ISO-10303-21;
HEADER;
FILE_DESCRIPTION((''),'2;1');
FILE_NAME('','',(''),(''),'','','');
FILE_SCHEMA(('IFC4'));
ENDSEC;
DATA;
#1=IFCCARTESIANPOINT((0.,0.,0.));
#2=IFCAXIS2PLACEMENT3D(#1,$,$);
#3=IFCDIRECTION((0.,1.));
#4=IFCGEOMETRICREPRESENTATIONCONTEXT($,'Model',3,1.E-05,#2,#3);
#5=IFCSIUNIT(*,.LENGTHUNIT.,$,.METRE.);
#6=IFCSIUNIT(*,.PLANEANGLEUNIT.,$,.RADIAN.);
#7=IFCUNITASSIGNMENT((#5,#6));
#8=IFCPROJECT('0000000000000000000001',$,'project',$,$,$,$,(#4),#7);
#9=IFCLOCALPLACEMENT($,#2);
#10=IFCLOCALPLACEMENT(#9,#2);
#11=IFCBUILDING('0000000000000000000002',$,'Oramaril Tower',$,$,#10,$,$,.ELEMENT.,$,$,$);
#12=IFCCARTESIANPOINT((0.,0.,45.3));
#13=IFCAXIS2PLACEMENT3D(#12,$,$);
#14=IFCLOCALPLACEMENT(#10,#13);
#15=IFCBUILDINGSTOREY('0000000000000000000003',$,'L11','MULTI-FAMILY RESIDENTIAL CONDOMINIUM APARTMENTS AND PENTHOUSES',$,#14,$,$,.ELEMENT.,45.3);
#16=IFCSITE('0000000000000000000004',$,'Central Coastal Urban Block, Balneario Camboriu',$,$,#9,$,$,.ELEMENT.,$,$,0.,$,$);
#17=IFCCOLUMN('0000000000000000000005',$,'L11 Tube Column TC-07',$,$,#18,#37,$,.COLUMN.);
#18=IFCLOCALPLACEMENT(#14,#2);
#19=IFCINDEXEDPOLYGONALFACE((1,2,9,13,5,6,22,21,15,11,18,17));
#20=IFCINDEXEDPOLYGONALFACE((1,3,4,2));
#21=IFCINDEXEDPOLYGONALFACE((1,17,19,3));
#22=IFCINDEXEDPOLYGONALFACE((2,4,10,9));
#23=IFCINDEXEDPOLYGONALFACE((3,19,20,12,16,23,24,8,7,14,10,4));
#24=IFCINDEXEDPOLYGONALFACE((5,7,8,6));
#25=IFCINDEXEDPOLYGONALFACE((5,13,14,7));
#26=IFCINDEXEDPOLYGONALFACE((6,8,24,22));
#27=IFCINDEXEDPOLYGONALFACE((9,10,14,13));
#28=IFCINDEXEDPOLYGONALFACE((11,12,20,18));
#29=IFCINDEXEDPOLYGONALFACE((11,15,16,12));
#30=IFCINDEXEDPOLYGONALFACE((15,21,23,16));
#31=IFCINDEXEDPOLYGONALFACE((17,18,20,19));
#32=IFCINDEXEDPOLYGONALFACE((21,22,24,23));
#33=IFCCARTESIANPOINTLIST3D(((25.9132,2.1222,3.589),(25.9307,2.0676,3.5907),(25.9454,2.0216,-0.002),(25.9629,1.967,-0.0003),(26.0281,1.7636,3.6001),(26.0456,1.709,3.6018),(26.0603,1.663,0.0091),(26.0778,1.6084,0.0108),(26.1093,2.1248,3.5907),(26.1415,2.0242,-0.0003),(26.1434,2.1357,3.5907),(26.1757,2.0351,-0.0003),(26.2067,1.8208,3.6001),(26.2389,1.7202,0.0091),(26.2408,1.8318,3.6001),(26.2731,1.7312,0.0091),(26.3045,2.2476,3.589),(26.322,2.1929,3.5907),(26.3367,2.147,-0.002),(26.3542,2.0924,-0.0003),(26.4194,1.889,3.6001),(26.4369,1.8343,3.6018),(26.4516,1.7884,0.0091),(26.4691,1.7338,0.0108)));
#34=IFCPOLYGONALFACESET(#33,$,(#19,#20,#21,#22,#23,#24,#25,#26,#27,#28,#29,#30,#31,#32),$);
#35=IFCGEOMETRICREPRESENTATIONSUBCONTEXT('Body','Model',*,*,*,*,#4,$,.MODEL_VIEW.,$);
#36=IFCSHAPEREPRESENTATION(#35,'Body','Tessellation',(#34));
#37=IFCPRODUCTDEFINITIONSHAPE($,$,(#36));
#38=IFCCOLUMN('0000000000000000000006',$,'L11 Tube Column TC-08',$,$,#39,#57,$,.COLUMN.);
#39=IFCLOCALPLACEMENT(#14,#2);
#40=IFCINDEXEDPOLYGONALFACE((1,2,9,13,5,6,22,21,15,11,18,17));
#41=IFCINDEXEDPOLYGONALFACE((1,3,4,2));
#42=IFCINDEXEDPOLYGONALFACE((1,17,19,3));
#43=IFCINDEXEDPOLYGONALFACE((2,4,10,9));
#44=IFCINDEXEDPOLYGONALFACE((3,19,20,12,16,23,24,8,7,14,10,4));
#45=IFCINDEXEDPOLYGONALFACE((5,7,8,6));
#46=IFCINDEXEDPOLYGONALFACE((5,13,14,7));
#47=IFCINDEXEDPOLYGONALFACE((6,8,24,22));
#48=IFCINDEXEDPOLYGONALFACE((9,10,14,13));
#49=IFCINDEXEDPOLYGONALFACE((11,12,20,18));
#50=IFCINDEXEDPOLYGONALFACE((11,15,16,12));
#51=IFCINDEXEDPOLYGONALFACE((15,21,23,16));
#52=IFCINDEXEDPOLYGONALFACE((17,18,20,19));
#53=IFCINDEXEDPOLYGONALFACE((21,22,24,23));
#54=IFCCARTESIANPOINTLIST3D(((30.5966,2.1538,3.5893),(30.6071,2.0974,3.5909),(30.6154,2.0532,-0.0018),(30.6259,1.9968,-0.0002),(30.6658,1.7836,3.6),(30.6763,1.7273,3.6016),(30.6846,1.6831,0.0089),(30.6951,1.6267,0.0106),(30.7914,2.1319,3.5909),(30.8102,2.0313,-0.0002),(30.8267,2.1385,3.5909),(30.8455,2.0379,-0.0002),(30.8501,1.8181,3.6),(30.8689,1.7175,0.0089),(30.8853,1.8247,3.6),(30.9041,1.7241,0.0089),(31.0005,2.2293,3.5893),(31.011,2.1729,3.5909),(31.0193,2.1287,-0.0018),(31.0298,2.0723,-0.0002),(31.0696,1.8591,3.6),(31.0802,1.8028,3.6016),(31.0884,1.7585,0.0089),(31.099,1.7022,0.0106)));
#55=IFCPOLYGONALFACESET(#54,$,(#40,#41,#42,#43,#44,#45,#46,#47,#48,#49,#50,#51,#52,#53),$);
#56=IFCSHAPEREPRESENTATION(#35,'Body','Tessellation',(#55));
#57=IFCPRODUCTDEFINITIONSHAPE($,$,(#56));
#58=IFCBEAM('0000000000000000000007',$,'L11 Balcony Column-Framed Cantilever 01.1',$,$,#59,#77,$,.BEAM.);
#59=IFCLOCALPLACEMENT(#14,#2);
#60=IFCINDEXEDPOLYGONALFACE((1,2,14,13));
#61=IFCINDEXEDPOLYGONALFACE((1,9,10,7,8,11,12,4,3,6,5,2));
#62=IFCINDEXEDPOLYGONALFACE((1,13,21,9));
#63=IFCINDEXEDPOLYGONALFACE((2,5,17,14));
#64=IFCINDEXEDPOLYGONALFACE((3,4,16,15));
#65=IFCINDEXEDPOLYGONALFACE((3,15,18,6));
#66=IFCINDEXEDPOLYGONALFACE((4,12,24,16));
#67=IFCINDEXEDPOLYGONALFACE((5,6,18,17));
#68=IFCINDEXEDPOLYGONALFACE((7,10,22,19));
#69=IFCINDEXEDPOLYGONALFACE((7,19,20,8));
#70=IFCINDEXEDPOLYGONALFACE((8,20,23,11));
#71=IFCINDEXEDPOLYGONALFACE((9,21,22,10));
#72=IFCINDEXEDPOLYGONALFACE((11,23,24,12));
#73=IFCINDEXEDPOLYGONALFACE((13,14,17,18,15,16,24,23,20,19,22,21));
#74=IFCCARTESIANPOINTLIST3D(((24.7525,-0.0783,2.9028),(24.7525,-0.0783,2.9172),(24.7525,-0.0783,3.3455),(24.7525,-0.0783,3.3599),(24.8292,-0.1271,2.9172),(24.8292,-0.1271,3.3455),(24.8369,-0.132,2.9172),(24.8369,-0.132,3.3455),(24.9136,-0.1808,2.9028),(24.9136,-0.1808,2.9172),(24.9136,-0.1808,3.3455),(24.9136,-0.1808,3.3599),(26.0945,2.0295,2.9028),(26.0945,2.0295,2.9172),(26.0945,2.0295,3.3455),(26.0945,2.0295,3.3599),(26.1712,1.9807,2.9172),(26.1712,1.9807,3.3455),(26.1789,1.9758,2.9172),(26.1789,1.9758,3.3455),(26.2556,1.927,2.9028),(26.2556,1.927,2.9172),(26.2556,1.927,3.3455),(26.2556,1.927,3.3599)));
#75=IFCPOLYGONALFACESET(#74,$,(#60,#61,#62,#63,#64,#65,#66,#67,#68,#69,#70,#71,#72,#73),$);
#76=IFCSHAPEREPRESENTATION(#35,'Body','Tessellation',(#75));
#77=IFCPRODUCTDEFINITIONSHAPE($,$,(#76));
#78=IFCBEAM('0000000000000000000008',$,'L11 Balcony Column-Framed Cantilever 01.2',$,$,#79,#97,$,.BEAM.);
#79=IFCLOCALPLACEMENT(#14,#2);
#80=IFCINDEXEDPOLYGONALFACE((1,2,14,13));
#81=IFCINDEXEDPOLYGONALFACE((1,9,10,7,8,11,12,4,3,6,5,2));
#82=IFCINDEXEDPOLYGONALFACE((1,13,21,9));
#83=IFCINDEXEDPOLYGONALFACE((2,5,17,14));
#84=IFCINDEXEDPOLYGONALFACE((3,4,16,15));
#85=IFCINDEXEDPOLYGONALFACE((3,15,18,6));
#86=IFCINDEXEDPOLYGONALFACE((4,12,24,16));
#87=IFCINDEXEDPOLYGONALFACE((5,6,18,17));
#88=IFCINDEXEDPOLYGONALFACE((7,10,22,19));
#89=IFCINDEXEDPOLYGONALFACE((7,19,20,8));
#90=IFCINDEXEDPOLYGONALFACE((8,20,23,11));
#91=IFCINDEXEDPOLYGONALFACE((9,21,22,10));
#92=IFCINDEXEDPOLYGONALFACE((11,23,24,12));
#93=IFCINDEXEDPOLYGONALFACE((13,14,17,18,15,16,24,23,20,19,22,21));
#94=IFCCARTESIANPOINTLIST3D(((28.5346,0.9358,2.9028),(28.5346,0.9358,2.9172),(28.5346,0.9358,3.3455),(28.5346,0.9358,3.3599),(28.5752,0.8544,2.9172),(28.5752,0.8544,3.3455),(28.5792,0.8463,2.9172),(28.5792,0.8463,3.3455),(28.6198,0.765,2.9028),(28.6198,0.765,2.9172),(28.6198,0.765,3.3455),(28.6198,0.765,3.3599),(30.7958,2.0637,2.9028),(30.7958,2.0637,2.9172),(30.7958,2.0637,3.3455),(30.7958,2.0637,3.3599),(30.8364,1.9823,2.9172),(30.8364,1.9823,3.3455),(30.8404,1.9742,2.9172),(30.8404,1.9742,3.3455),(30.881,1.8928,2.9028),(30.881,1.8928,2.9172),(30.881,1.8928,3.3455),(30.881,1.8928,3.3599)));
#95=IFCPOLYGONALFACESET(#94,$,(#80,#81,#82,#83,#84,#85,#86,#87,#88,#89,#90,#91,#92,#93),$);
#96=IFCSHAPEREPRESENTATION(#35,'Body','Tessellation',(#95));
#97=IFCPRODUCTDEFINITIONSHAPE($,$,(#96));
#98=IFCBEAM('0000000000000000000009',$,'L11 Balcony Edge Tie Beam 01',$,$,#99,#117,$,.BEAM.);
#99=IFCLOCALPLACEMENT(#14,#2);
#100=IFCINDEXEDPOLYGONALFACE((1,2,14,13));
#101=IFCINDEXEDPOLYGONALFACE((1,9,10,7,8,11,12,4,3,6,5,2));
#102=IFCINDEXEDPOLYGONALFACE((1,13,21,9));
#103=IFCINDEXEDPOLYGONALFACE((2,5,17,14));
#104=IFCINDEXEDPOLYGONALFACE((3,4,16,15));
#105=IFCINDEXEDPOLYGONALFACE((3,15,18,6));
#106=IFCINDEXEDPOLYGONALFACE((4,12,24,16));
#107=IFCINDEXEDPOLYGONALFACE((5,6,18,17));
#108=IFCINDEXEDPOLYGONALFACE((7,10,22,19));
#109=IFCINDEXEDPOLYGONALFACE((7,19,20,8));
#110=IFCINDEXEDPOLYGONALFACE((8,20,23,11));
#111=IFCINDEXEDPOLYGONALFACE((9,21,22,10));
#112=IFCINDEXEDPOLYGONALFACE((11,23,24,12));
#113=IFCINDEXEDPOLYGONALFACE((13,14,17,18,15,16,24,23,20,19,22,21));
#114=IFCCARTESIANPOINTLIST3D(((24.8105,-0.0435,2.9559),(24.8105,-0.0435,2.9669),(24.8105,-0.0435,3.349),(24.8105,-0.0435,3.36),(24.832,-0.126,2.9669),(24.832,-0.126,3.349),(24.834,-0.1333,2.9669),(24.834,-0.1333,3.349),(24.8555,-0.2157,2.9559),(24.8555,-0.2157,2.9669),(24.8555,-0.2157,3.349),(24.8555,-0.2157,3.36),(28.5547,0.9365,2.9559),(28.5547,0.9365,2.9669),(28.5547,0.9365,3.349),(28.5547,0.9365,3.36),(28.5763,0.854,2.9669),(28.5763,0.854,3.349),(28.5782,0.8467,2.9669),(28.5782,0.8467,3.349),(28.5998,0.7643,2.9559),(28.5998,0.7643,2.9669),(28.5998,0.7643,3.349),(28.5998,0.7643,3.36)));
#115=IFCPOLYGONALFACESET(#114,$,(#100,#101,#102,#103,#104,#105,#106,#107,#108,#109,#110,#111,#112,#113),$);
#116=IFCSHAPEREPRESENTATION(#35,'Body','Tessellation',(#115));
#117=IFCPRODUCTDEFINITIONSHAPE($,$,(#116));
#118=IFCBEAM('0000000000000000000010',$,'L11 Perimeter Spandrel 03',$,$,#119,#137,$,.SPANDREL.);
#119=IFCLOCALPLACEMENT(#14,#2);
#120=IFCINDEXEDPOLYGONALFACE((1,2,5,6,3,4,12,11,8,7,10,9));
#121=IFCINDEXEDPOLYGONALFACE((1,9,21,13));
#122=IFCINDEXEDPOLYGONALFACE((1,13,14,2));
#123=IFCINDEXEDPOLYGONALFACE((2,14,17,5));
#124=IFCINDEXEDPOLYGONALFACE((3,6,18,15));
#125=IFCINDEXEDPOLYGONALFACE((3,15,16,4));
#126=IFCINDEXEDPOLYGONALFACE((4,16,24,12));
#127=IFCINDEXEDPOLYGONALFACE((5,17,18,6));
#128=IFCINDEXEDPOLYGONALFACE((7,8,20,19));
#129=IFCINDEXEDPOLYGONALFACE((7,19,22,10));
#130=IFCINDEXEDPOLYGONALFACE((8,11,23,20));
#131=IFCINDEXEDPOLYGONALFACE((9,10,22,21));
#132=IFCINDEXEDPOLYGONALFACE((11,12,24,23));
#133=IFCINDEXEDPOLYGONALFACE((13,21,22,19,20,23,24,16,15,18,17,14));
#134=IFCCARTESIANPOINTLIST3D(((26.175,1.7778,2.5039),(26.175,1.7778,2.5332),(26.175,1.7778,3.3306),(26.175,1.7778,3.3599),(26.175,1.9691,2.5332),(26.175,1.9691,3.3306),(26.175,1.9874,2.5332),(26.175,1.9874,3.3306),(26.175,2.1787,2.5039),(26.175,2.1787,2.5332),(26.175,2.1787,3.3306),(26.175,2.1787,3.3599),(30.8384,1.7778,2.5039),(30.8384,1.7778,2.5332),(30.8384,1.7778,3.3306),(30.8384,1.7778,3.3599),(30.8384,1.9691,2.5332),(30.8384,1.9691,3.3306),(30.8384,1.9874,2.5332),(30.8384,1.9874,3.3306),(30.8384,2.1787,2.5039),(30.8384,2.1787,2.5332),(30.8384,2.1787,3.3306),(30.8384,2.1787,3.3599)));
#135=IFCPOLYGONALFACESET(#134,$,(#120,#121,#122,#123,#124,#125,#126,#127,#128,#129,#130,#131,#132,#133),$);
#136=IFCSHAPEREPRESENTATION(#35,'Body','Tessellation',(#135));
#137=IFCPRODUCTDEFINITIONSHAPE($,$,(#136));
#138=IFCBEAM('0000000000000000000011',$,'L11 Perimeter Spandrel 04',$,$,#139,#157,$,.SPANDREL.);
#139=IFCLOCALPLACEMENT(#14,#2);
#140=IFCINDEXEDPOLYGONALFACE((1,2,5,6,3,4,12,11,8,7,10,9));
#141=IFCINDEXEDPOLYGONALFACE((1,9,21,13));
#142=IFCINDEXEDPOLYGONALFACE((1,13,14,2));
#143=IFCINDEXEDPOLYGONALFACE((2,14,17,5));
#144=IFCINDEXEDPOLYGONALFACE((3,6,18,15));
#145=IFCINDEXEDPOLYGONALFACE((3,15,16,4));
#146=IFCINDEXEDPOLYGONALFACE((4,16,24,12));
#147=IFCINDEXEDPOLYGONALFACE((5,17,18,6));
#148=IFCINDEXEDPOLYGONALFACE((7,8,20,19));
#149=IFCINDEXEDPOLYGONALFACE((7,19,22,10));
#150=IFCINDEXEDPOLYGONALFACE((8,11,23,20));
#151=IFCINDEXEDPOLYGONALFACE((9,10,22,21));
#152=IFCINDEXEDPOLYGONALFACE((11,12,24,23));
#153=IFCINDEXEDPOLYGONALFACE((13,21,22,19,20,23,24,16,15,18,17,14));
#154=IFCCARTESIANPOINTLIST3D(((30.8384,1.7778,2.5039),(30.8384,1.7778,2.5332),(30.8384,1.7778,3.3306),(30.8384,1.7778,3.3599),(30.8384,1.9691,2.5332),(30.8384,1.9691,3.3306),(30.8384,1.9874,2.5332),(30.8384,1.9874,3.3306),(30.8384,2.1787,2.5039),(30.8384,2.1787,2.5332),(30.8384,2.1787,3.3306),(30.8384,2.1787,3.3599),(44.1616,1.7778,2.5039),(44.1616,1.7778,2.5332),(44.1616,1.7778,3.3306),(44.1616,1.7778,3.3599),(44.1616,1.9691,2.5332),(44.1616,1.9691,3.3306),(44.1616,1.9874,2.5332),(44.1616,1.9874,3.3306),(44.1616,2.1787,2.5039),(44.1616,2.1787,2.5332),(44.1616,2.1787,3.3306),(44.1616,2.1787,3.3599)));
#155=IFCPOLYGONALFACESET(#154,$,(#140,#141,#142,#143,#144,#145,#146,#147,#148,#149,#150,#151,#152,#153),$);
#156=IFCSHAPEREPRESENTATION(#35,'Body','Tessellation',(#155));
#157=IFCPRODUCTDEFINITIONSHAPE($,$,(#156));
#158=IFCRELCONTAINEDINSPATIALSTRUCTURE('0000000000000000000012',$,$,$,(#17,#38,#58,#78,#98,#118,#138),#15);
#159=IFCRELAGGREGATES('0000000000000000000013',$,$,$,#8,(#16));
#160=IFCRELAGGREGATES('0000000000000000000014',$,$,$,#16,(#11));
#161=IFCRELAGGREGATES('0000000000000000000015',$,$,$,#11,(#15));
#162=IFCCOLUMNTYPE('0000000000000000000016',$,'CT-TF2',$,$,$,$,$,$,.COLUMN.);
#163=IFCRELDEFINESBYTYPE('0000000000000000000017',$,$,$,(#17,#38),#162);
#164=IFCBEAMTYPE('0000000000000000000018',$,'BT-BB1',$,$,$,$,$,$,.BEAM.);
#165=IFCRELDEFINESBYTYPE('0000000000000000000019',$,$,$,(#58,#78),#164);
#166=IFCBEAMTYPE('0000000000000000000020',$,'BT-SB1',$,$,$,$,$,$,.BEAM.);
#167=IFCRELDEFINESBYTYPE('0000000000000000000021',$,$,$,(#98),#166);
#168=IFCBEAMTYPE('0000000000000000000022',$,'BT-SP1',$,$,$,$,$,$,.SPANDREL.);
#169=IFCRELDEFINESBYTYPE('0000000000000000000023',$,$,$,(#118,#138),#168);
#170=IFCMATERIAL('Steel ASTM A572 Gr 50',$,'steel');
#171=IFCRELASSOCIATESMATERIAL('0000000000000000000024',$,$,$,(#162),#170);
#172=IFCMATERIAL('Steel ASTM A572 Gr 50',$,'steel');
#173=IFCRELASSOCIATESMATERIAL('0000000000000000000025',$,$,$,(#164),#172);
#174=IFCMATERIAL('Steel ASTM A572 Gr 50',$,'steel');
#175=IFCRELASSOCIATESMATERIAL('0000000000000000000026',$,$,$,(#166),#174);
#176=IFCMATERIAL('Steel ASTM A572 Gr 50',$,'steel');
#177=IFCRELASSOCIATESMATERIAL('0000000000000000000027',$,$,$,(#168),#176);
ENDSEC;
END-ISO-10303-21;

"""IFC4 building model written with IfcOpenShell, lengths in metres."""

from ifc_helpers import new_model, si_unit, direction, frame, origin, origin_2d, place, context, subcontext, project, spatial, i_section, extrude, material, material_profile, profile_set, type_object, element, save


model = new_model("IFC4")

# Units and contexts
model_context = context("Model", 3, precision=1e-05, world=origin(), true_north=direction((0.0, 1.0)))
body_context = subcontext(model_context, "Body", "Model", "MODEL_VIEW")
ifc_project = project(units=[si_unit("LENGTHUNIT", "METRE"), si_unit("PLANEANGLEUNIT", "RADIAN")], contexts=[model_context])

# Site, building, storey
site_placement = place(None, origin())
site = spatial("IfcSite", under=ifc_project, at=site_placement, Name="Central Coastal Urban Block, Balneario Camboriu", CompositionType="ELEMENT", RefElevation=0.0)
building_placement = place(site_placement, origin())
building = spatial("IfcBuilding", under=site, at=building_placement, Name="Oramaril Tower", CompositionType="ELEMENT")
storey_placement = place(building_placement, frame((0.0, 0.0, 45.3)))
storey = spatial("IfcBuildingStorey", under=building, at=storey_placement, Name="L11", Description="MULTI-FAMILY RESIDENTIAL CONDOMINIUM APARTMENTS AND PENTHOUSES", CompositionType="ELEMENT", Elevation=45.3)

# Columns
ifc_material_1 = material(Name="Steel ASTM A572 Gr 50", Category="steel")
ifc_material_profile_1 = material_profile(ifc_material_1, i_section(OverallWidth=0.4109, OverallDepth=0.4341, WebThickness=0.0359, FlangeThickness=0.0574, at=origin_2d()), Name="W14X311")
ifc_profile_set_1 = profile_set([ifc_material_profile_1], Name="Steel ASTM A572 Gr 50")
column_type = type_object("IfcColumnType", Name="CT-TF2", PredefinedType="COLUMN", material=ifc_profile_set_1)
for number, where, z_axis, x_axis, name in (
    (1, (26.2073, 1.8777, 0.0044), (-0.00897, 0.027998, 0.999568), (-0.952317, -0.305111, 0.0), "L11 Tube Column TC-07"),
    (2, (30.8572, 1.8777, 0.0044), (-0.005233, 0.027999, 0.999594), (-0.98298, -0.183712, 0.0), "L11 Tube Column TC-08"),
):
    element("IfcColumn", number, at=place(storey_placement, frame(where, z_axis=z_axis, x_axis=x_axis)), inside=storey, type_object=column_type, Name=name, PredefinedType="COLUMN", context=body_context, shape_type="SweptSolid", body=[
        extrude(i_section(OverallWidth=0.4109, OverallDepth=0.4341, WebThickness=0.0359, FlangeThickness=0.0574, at=origin_2d()), origin(), (0.0, 0.0, 1.0), 3.5925),
    ])

# Beams
ifc_material_2 = material(Name="Steel ASTM A572 Gr 50", Category="steel")
ifc_material_profile_2 = material_profile(ifc_material_2, i_section(OverallWidth=0.1909, OverallDepth=0.457, WebThickness=0.009, FlangeThickness=0.0144, at=origin_2d()), Name="W18X50")
ifc_profile_set_2 = profile_set([ifc_material_profile_2], Name="Steel ASTM A572 Gr 50")
beam_type_1 = type_object("IfcBeamType", Name="BT-BB1", PredefinedType="BEAM", material=ifc_profile_set_2)
beam_1_placement = place(storey_placement, frame((26.175, 1.9783, 3.1313), z_axis=(-0.537059, -0.843545, 0.0), x_axis=(0.843545, -0.537059, 0.0)))
element("IfcBeam", 3, at=beam_1_placement, inside=storey, type_object=beam_type_1, Name="L11 Balcony Column-Framed Cantilever 01.1", PredefinedType="BEAM", context=body_context, shape_type="SweptSolid", body=[
    extrude(i_section(OverallWidth=0.1909, OverallDepth=0.457, WebThickness=0.009, FlangeThickness=0.0144, at=origin_2d()), origin(), (0.0, 0.0, 1.0), 2.4988),
])
beam_2_placement = place(storey_placement, frame((30.8384, 1.9783, 3.1313), z_axis=(-0.894852, -0.446363, 0.0), x_axis=(0.446363, -0.894852, 0.0)))
element("IfcBeam", 4, at=beam_2_placement, inside=storey, type_object=beam_type_1, Name="L11 Balcony Column-Framed Cantilever 01.2", PredefinedType="BEAM", context=body_context, shape_type="SweptSolid", body=[
    extrude(i_section(OverallWidth=0.1909, OverallDepth=0.457, WebThickness=0.009, FlangeThickness=0.0144, at=origin_2d()), origin(), (0.0, 0.0, 1.0), 2.5269),
])
ifc_material_3 = material(Name="Steel ASTM A572 Gr 50", Category="steel")
ifc_material_profile_3 = material_profile(ifc_material_3, i_section(OverallWidth=0.178, OverallDepth=0.4041, WebThickness=0.0076, FlangeThickness=0.011, at=origin_2d()), Name="W16X36")
ifc_profile_set_3 = profile_set([ifc_material_profile_3], Name="Steel ASTM A572 Gr 50")
beam_type_2 = type_object("IfcBeamType", Name="BT-SB1", PredefinedType="BEAM", material=ifc_profile_set_3)
beam_3_placement = place(storey_placement, frame((24.833, -0.1296, 3.158), z_axis=(0.967412, 0.253208, 0.0), x_axis=(-0.253208, 0.967412, 0.0)))
element("IfcBeam", 5, at=beam_3_placement, inside=storey, type_object=beam_type_2, Name="L11 Balcony Edge Tie Beam 01", PredefinedType="BEAM", context=body_context, shape_type="SweptSolid", body=[
    extrude(i_section(OverallWidth=0.178, OverallDepth=0.4041, WebThickness=0.0076, FlangeThickness=0.011, at=origin_2d()), origin(), (0.0, 0.0, 1.0), 3.8704),
])
ifc_material_4 = material(Name="Steel ASTM A572 Gr 50", Category="steel")
ifc_material_profile_4 = material_profile(ifc_material_4, i_section(OverallWidth=0.4009, OverallDepth=0.856, WebThickness=0.0183, FlangeThickness=0.0293, at=origin_2d()), Name="W33X201")
ifc_profile_set_4 = profile_set([ifc_material_profile_4], Name="Steel ASTM A572 Gr 50")
beam_type_3 = type_object("IfcBeamType", Name="BT-SP1", PredefinedType="SPANDREL", material=ifc_profile_set_4)
beam_4_placement = place(storey_placement, frame((26.175, 1.9783, 2.9319), z_axis=(1.0, 0.0, 0.0), x_axis=(0.0, 1.0, 0.0)))
element("IfcBeam", 6, at=beam_4_placement, inside=storey, type_object=beam_type_3, Name="L11 Perimeter Spandrel 03", PredefinedType="SPANDREL", context=body_context, shape_type="SweptSolid", body=[
    extrude(i_section(OverallWidth=0.4009, OverallDepth=0.856, WebThickness=0.0183, FlangeThickness=0.0293, at=origin_2d()), origin(), (0.0, 0.0, 1.0), 4.6633),
])
beam_5_placement = place(storey_placement, frame((30.8384, 1.9783, 2.9319), z_axis=(1.0, 0.0, 0.0), x_axis=(0.0, 1.0, 0.0)))
element("IfcBeam", 7, at=beam_5_placement, inside=storey, type_object=beam_type_3, Name="L11 Perimeter Spandrel 04", PredefinedType="SPANDREL", context=body_context, shape_type="SweptSolid", body=[
    extrude(i_section(OverallWidth=0.4009, OverallDepth=0.856, WebThickness=0.0183, FlangeThickness=0.0293, at=origin_2d()), origin(), (0.0, 0.0, 1.0), 13.3232),
])

save(model, "model.ifc")
